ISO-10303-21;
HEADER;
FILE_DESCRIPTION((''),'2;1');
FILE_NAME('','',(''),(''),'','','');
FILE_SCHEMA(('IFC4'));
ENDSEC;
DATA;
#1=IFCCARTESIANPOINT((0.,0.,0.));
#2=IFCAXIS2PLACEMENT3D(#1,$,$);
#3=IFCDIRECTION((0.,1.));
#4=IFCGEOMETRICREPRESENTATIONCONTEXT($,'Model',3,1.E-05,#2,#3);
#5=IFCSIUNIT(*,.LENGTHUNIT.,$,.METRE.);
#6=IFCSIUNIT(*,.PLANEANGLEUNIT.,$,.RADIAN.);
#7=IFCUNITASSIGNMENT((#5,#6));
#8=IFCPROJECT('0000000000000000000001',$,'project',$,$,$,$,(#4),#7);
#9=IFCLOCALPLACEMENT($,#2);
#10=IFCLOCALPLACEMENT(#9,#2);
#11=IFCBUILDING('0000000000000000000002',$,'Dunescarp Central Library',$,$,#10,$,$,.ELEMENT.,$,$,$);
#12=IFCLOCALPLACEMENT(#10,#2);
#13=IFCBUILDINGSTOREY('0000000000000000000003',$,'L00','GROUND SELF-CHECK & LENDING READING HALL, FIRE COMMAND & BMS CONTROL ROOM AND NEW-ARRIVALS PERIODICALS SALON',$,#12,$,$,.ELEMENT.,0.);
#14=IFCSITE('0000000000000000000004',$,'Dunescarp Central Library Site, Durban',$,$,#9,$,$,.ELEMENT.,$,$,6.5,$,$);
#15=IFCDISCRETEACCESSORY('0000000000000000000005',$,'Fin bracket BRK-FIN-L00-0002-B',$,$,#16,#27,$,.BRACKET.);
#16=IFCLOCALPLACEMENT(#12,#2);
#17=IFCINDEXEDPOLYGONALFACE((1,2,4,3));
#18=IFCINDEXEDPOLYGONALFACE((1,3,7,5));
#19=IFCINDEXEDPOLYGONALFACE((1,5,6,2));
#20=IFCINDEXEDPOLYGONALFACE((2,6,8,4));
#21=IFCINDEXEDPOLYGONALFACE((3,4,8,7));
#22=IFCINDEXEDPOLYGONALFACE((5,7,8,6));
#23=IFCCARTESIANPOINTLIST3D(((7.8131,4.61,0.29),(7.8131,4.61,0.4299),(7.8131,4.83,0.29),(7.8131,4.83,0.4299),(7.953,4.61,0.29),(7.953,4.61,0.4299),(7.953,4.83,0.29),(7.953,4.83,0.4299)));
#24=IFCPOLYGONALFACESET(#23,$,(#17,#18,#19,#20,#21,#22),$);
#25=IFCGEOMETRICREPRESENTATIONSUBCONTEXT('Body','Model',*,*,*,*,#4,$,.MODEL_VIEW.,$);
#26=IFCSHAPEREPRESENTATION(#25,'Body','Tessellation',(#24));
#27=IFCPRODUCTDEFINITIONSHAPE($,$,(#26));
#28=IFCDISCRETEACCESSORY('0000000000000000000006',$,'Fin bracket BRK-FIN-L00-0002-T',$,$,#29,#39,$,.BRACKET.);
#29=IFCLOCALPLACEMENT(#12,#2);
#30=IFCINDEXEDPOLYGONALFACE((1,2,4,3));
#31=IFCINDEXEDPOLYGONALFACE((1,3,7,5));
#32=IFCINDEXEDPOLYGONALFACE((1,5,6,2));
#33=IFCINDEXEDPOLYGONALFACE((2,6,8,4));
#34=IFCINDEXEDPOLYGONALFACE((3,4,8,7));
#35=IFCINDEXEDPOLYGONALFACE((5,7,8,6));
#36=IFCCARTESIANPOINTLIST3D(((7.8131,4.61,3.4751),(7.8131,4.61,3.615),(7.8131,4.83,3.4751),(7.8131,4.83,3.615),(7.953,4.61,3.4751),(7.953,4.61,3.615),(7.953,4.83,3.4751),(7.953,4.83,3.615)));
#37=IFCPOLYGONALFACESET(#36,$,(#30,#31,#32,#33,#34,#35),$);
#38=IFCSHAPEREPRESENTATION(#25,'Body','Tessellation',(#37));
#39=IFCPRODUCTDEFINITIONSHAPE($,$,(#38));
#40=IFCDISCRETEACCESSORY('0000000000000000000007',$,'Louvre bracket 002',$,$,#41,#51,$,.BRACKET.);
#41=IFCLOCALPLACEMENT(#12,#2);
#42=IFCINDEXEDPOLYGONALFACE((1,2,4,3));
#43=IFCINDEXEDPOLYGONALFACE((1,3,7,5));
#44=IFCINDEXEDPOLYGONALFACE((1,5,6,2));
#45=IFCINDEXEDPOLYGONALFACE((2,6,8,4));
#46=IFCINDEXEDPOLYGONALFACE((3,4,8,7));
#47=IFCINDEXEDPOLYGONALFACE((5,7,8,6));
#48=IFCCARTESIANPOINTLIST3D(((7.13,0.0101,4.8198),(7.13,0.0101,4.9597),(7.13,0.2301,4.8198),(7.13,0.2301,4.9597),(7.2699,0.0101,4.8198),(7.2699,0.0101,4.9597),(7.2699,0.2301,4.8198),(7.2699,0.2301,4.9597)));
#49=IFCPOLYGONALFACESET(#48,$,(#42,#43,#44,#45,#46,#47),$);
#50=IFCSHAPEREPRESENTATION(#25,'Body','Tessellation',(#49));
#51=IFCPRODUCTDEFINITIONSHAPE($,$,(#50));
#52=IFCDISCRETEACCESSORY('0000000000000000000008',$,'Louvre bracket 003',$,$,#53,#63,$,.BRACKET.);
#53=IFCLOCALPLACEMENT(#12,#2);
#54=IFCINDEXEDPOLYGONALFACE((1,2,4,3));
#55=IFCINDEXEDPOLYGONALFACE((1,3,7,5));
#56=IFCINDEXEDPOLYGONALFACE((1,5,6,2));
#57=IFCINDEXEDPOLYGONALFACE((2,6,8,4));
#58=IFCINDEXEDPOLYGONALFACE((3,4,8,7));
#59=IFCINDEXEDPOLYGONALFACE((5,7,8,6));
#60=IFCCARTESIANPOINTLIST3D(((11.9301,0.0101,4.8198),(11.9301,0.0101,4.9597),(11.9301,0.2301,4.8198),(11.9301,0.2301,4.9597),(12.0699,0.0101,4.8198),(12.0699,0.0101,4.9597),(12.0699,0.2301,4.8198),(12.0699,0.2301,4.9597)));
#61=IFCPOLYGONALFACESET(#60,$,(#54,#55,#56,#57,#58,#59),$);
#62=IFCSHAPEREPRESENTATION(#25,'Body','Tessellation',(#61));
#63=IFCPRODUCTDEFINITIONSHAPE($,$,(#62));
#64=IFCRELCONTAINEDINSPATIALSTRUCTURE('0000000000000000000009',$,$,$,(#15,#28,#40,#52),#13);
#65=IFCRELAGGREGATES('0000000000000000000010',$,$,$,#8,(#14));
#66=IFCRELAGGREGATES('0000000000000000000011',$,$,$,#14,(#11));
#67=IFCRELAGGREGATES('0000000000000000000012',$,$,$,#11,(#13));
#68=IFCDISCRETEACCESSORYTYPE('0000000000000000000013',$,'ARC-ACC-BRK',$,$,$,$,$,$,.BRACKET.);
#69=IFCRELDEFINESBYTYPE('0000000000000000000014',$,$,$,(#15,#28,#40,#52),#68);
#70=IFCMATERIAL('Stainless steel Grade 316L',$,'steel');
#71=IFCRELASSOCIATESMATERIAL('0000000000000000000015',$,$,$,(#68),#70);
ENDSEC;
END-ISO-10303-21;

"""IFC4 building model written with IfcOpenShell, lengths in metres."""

from ifc_helpers import new_model, si_unit, direction, frame, origin, origin_2d, place, context, subcontext, project, spatial, rectangle, extrude, material, type_object, element, save


model = new_model("IFC4")

# Units and contexts
model_context = context("Model", 3, precision=1e-05, world=origin(), true_north=direction((0.0, 1.0)))
body_context = subcontext(model_context, "Body", "Model", "MODEL_VIEW")
ifc_project = project(units=[si_unit("LENGTHUNIT", "METRE"), si_unit("PLANEANGLEUNIT", "RADIAN")], contexts=[model_context])

# Site, building, storey
site_placement = place(None, origin())
site = spatial("IfcSite", under=ifc_project, at=site_placement, Name="Dunescarp Central Library Site, Durban", CompositionType="ELEMENT", RefElevation=6.5)
building_placement = place(site_placement, origin())
building = spatial("IfcBuilding", under=site, at=building_placement, Name="Dunescarp Central Library", CompositionType="ELEMENT")
storey_placement = place(building_placement, origin())
storey = spatial("IfcBuildingStorey", under=building, at=storey_placement, Name="L00", Description="GROUND SELF-CHECK & LENDING READING HALL, FIRE COMMAND & BMS CONTROL ROOM AND NEW-ARRIVALS PERIODICALS SALON", CompositionType="ELEMENT", Elevation=0.0)

# Discrete accessories
ifc_material_1 = material(Name="Stainless steel Grade 316L", Category="steel")
discrete_accessory_type = type_object("IfcDiscreteAccessoryType", Name="ARC-ACC-BRK", PredefinedType="BRACKET", material=ifc_material_1)
for number, where, z_axis, x_axis, name in (
    (1, (7.8831, 4.72, 0.29), (0.0, 0.0, 1.0), (0.0, -1.0, 0.0), "Fin bracket BRK-FIN-L00-0002-B"),
    (2, (7.8831, 4.72, 3.4751), (0.0, 0.0, 1.0), (0.0, -1.0, 0.0), "Fin bracket BRK-FIN-L00-0002-T"),
):
    element("IfcDiscreteAccessory", number, at=place(storey_placement, frame(where, z_axis=z_axis, x_axis=x_axis)), inside=storey, type_object=discrete_accessory_type, Name=name, PredefinedType="BRACKET", context=body_context, shape_type="SweptSolid", body=[
        extrude(rectangle(XDim=0.22, YDim=0.1399, at=origin_2d()), origin(), (0.0, 0.0, 1.0), 0.1399),
    ])
for number, where, z_axis, x_axis, name in (
    (3, (7.2, 0.1201, 4.8198), (0.0, 0.0, 1.0), (1.0, 0.0, 0.0), "Louvre bracket 002"),
    (4, (12.0, 0.1201, 4.8198), (0.0, 0.0, 1.0), (1.0, 0.0, 0.0), "Louvre bracket 003"),
):
    element("IfcDiscreteAccessory", number, at=place(storey_placement, frame(where, z_axis=z_axis, x_axis=x_axis)), inside=storey, type_object=discrete_accessory_type, Name=name, PredefinedType="BRACKET", context=body_context, shape_type="SweptSolid", body=[
        extrude(rectangle(XDim=0.1399, YDim=0.22, at=origin_2d()), origin(), (0.0, 0.0, 1.0), 0.1399),
    ])

save(model, "model.ifc")
